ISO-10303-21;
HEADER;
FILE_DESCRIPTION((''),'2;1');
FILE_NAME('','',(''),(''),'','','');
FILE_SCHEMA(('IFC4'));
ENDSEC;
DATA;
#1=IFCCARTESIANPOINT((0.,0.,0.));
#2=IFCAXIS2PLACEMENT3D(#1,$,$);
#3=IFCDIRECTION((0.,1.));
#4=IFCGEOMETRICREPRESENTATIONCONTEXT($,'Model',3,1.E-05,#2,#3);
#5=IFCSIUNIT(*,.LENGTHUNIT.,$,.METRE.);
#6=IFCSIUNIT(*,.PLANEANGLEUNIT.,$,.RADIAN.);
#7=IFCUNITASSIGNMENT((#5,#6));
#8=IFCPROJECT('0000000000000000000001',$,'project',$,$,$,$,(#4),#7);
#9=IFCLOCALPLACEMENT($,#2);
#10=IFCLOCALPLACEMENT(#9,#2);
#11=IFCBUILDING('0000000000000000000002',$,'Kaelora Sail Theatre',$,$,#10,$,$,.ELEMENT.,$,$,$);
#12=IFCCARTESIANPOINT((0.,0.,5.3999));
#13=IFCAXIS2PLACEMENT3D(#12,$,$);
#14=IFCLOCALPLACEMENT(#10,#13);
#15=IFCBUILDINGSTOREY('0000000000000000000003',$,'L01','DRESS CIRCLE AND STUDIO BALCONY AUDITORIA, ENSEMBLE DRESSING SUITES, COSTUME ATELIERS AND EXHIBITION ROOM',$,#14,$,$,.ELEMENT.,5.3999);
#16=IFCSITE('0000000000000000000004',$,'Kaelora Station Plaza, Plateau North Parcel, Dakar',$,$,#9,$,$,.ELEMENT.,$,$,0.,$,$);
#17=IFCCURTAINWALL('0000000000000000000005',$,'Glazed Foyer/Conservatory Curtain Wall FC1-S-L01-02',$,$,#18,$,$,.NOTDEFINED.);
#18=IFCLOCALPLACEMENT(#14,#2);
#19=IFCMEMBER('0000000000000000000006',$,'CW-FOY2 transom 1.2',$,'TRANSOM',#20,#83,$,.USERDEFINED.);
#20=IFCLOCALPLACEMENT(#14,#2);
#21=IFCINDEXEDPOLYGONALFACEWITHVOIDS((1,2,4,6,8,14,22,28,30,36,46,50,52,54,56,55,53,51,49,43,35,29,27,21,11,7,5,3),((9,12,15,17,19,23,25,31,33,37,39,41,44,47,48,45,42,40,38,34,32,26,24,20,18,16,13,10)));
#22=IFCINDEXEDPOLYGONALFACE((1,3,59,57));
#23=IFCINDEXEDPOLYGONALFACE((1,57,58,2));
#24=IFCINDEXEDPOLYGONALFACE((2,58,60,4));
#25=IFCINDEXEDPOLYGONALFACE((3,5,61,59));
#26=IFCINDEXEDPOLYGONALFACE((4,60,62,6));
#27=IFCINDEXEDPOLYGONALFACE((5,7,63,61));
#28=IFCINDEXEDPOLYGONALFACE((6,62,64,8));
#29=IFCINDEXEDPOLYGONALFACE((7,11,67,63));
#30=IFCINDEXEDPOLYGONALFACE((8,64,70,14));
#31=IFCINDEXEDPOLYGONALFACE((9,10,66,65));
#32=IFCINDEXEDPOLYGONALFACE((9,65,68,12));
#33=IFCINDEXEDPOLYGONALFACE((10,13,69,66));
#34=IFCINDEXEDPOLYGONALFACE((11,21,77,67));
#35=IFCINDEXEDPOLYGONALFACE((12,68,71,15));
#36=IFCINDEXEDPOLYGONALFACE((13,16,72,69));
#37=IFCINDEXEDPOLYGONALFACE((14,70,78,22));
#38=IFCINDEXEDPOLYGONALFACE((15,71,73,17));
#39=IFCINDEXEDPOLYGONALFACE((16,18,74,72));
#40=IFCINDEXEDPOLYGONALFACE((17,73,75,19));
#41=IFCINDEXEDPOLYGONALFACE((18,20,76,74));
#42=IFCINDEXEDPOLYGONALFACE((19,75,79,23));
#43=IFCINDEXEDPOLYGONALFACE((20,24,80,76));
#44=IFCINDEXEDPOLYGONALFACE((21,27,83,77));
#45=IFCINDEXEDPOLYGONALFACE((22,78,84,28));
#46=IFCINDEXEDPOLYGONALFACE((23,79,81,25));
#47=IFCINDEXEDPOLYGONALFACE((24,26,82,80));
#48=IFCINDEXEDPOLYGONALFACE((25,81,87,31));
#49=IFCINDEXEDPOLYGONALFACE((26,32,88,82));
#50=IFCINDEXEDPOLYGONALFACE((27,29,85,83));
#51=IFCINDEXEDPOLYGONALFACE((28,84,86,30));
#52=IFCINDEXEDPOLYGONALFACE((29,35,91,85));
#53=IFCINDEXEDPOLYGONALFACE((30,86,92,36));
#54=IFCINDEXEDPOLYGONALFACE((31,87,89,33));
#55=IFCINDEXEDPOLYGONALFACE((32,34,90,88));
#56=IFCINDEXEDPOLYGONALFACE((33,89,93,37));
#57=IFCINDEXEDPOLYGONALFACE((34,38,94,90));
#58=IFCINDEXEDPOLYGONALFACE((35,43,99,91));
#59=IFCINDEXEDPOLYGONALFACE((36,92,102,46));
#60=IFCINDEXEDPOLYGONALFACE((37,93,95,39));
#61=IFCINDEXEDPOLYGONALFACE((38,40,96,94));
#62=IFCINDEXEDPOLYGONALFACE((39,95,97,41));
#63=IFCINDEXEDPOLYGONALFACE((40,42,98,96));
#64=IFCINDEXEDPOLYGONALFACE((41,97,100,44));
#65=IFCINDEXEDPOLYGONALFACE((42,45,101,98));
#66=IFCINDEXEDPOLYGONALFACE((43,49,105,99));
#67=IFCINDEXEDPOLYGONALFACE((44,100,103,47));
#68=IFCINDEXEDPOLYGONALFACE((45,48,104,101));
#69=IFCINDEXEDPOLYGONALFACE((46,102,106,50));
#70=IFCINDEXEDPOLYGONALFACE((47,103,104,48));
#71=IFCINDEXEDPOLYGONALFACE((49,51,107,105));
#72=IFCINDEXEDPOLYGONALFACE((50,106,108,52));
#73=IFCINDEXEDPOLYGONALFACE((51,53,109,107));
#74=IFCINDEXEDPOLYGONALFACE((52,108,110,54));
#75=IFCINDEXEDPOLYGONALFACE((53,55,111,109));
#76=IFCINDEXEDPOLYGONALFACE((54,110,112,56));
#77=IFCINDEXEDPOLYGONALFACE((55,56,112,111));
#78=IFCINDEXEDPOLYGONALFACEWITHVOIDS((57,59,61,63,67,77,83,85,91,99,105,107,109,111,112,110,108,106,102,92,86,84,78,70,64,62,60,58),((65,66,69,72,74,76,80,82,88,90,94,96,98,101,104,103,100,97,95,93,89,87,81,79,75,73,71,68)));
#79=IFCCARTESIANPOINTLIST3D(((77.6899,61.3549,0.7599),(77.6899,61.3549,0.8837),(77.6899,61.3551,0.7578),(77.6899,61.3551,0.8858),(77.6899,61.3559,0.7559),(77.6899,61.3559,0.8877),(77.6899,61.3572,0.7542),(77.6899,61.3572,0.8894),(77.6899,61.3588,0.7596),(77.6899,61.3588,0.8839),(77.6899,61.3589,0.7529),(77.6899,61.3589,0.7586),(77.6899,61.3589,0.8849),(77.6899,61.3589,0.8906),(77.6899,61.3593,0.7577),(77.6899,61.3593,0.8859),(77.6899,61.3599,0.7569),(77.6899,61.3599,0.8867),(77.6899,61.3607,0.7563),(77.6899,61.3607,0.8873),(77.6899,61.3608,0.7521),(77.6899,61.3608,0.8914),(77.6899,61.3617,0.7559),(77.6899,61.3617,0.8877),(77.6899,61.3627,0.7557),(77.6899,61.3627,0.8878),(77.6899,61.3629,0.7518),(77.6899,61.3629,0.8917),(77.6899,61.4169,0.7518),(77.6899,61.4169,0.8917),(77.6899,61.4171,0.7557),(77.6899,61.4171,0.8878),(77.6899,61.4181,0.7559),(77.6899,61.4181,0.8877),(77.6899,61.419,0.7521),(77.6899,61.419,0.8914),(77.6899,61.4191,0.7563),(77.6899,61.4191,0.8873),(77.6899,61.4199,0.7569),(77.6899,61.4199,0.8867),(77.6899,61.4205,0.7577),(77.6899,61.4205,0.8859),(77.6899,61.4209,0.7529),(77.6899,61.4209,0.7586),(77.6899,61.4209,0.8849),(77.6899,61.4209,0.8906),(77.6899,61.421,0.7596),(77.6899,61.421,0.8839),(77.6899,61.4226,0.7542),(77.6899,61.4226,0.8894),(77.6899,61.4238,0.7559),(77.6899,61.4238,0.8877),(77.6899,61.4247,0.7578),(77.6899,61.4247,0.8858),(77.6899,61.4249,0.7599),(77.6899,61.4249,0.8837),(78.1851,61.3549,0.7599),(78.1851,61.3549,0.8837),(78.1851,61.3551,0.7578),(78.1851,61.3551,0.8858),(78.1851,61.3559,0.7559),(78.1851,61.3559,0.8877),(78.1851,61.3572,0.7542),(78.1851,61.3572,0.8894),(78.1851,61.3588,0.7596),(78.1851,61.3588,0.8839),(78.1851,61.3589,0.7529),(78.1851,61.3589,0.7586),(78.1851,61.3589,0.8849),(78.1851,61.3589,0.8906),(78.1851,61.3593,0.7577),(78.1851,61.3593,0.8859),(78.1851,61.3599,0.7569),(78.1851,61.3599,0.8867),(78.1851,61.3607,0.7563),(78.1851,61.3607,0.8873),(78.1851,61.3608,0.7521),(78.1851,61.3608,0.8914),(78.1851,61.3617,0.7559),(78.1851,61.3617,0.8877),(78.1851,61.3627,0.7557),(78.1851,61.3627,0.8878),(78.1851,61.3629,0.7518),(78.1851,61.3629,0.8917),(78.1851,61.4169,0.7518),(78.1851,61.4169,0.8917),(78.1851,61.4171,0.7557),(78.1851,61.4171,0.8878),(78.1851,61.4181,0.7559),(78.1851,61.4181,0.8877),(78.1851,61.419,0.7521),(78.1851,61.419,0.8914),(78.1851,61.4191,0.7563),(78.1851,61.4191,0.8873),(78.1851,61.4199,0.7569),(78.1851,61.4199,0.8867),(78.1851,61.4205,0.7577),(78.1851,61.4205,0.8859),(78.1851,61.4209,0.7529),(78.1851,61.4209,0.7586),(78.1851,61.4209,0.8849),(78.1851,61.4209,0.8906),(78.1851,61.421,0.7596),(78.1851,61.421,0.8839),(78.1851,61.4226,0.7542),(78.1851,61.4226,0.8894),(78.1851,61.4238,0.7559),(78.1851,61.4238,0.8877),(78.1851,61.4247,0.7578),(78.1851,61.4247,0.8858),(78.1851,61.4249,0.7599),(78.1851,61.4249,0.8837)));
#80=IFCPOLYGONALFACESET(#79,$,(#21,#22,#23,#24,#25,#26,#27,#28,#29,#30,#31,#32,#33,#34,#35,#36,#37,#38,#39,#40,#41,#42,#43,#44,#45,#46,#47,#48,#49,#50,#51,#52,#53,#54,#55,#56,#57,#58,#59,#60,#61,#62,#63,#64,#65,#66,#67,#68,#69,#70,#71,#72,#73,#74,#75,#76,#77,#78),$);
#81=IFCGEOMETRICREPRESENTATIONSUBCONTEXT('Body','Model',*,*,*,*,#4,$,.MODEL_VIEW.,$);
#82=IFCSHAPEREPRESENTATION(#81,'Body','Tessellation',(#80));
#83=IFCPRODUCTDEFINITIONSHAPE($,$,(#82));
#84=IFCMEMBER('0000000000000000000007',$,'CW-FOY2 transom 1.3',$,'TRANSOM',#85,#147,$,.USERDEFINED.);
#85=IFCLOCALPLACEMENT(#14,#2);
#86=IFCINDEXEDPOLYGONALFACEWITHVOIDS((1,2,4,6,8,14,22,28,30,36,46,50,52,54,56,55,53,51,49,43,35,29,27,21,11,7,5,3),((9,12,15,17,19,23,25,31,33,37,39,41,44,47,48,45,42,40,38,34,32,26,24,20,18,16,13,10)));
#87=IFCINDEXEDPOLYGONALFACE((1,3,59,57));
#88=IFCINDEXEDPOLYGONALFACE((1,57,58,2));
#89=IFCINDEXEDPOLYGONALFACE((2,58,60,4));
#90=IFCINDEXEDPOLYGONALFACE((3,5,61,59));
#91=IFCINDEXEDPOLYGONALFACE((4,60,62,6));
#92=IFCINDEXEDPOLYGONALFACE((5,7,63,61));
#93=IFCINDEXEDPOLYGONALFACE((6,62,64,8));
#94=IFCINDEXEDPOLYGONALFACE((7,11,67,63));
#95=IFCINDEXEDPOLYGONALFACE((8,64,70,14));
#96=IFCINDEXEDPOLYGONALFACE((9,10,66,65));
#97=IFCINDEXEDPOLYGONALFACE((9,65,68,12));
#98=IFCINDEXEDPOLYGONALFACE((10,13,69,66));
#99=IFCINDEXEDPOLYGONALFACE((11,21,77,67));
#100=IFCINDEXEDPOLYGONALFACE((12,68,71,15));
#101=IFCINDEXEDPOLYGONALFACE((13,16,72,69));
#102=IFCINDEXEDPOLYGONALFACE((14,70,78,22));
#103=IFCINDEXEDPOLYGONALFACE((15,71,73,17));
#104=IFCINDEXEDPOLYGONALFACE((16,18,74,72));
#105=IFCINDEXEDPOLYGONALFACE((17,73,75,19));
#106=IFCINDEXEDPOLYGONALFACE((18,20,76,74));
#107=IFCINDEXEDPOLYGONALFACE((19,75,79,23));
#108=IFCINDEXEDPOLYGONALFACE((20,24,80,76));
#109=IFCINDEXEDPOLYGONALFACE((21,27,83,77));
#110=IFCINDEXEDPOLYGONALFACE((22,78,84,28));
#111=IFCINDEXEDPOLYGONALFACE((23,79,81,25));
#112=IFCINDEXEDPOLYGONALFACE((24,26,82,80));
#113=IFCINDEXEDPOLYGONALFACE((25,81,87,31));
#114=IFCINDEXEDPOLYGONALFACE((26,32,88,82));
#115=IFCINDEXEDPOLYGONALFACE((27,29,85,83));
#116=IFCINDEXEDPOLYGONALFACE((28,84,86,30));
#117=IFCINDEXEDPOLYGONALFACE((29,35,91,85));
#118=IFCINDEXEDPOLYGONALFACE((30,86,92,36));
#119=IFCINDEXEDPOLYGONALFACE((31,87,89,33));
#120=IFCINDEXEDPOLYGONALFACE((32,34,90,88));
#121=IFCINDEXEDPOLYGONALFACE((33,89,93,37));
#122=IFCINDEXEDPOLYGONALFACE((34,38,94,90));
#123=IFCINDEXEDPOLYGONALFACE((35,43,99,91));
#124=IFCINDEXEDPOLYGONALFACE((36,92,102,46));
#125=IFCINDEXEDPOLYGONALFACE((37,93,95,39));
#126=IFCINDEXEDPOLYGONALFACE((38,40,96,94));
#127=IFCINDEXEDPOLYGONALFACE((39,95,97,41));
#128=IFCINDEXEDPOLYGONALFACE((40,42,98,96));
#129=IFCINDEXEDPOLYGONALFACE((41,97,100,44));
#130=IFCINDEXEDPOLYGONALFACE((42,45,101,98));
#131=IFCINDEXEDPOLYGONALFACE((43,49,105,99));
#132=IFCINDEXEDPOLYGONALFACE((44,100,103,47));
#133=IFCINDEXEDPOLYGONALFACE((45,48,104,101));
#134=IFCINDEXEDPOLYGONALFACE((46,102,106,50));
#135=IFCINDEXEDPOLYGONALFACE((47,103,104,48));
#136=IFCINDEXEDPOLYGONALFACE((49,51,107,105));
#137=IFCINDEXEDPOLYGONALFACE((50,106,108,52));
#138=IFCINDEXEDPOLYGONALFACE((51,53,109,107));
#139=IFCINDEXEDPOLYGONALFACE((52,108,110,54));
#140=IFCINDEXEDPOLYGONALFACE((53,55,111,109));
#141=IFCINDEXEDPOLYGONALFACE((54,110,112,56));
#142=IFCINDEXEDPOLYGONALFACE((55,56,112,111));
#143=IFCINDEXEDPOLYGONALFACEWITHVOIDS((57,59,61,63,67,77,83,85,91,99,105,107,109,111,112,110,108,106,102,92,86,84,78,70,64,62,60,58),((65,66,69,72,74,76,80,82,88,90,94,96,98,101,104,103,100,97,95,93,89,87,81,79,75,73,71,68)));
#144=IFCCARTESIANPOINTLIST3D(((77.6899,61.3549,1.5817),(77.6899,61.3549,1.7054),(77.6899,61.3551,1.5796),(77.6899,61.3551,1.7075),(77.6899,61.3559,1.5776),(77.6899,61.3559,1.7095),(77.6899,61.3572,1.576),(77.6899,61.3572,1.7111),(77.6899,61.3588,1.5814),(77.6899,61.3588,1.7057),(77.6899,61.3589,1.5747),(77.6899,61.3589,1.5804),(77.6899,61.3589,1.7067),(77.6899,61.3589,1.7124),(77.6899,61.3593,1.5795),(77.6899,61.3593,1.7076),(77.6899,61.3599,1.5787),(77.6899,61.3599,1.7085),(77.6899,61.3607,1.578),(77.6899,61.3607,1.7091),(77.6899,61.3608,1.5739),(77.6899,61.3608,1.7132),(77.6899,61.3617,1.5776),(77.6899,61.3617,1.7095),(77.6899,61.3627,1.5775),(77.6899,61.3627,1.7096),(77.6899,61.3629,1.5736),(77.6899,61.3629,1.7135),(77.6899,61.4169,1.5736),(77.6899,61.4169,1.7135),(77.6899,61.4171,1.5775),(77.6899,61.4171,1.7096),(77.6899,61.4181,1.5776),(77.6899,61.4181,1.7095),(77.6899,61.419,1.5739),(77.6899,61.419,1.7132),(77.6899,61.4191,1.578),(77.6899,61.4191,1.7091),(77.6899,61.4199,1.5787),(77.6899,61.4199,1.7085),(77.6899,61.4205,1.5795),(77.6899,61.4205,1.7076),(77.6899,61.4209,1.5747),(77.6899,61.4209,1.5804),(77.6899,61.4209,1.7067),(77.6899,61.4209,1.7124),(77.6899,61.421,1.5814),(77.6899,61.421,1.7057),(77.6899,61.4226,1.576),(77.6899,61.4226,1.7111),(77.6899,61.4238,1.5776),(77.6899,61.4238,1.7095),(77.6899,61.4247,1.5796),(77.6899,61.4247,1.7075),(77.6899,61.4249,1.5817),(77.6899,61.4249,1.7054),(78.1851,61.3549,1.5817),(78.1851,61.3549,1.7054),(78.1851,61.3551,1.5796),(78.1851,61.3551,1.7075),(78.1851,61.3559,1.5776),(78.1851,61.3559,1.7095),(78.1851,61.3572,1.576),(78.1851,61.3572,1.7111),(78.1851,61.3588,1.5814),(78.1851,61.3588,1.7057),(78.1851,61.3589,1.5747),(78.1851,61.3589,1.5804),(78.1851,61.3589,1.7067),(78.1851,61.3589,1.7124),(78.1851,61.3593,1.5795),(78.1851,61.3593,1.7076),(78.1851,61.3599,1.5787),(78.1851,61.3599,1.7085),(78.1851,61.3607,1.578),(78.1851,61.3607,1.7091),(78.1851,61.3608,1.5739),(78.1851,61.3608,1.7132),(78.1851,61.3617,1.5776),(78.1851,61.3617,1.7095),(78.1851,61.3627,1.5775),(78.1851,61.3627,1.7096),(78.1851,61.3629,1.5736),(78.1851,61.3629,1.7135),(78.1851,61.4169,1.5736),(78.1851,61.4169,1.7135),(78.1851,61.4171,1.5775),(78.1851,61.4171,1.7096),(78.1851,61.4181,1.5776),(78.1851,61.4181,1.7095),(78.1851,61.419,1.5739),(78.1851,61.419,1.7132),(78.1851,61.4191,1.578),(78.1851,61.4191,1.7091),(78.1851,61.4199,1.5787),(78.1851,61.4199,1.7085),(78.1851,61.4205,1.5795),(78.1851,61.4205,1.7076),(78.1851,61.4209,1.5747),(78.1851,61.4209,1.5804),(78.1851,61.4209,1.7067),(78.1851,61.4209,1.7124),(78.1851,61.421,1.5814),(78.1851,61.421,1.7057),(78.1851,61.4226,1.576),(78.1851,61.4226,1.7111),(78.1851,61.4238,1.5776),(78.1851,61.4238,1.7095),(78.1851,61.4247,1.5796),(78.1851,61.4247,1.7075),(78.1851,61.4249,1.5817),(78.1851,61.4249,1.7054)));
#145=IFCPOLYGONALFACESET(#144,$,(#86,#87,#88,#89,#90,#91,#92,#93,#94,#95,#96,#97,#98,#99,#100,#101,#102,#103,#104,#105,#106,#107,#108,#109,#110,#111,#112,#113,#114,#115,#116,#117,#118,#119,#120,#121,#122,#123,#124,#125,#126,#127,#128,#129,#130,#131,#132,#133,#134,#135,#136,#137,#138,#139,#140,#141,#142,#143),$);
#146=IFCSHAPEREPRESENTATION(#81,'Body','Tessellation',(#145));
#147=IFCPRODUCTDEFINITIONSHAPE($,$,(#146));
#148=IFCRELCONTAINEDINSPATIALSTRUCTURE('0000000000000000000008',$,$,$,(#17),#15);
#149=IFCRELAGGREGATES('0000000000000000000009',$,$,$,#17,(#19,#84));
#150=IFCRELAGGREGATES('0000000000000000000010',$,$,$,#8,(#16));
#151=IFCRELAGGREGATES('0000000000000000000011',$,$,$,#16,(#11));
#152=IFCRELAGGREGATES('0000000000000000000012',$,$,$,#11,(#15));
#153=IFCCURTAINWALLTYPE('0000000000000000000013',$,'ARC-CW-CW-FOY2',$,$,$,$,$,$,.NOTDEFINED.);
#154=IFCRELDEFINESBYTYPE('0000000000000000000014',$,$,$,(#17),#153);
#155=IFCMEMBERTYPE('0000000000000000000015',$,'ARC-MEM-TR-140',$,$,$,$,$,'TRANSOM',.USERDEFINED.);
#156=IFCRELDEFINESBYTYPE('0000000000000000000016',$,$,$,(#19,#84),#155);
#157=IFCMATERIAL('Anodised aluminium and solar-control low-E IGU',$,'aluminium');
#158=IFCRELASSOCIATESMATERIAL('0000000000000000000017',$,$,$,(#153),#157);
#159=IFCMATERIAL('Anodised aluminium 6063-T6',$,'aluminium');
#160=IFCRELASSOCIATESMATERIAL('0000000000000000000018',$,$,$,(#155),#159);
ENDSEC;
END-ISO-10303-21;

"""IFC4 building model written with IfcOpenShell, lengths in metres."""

from ifc_helpers import new_model, si_unit, direction, frame, origin, origin_2d, place, context, subcontext, project, spatial, hollow_rectangle, extrude, material, material_profile, profile_set, type_object, element, aggregate, save


model = new_model("IFC4")

# Units and contexts
model_context = context("Model", 3, precision=1e-05, world=origin(), true_north=direction((0.0, 1.0)))
body_context = subcontext(model_context, "Body", "Model", "MODEL_VIEW")
ifc_project = project(units=[si_unit("LENGTHUNIT", "METRE"), si_unit("PLANEANGLEUNIT", "RADIAN")], contexts=[model_context])

# Site, building, storey
site_placement = place(None, origin())
site = spatial("IfcSite", under=ifc_project, at=site_placement, Name="Kaelora Station Plaza, Plateau North Parcel, Dakar", CompositionType="ELEMENT", RefElevation=0.0)
building_placement = place(site_placement, origin())
building = spatial("IfcBuilding", under=site, at=building_placement, Name="Kaelora Sail Theatre", CompositionType="ELEMENT")
storey_placement = place(building_placement, frame((0.0, 0.0, 5.3999)))
storey = spatial("IfcBuildingStorey", under=building, at=storey_placement, Name="L01", Description="DRESS CIRCLE AND STUDIO BALCONY AUDITORIA, ENSEMBLE DRESSING SUITES, COSTUME ATELIERS AND EXHIBITION ROOM", CompositionType="ELEMENT", Elevation=5.3999)

# Shared definitions
ifc_material_1 = material(Name="Anodised aluminium and solar-control low-E IGU", Category="aluminium")
curtain_wall_type = type_object("IfcCurtainWallType", Name="ARC-CW-CW-FOY2", PredefinedType="NOTDEFINED", material=ifc_material_1)

# Curtain wall
curtain_wall_1_placement = place(storey_placement, origin())
curtain_wall_1 = element("IfcCurtainWall", 1, at=curtain_wall_1_placement, inside=storey, type_object=curtain_wall_type, Name="Glazed Foyer/Conservatory Curtain Wall FC1-S-L01-02", PredefinedType="NOTDEFINED")

# Members
ifc_material_2 = material(Name="Anodised aluminium 6063-T6", Category="aluminium")
ifc_material_profile_1 = material_profile(ifc_material_2, hollow_rectangle(XDim=0.0701, YDim=0.1399, WallThickness=0.0039, InnerFilletRadius=0.0039, OuterFilletRadius=0.0081, at=origin_2d()), Name="ALU-TRAN 70x140x4")
ifc_profile_set_1 = profile_set([ifc_material_profile_1], Name="Anodised aluminium 6063-T6")
member_type_1 = type_object("IfcMemberType", Name="ARC-MEM-TR-140", ElementType="TRANSOM", PredefinedType="USERDEFINED", material=ifc_profile_set_1)
member_1_placement = place(storey_placement, frame((77.6899, 61.3899, 0.8218), z_axis=(1.0, 0.0, 0.0), x_axis=(0.0, 1.0, 0.0)))
member_1 = element("IfcMember", 2, at=member_1_placement, type_object=member_type_1, Name="CW-FOY2 transom 1.2", ObjectType="TRANSOM", PredefinedType="USERDEFINED", context=body_context, shape_type="SweptSolid", body=[
    extrude(hollow_rectangle(XDim=0.0701, YDim=0.1399, WallThickness=0.0039, InnerFilletRadius=0.0039, OuterFilletRadius=0.0081, at=origin_2d()), origin(), (0.0, 0.0, 1.0), 0.4951),
])
member_2_placement = place(storey_placement, frame((77.6899, 61.3899, 1.6436), z_axis=(1.0, 0.0, 0.0), x_axis=(0.0, 1.0, 0.0)))
member_2 = element("IfcMember", 3, at=member_2_placement, type_object=member_type_1, Name="CW-FOY2 transom 1.3", ObjectType="TRANSOM", PredefinedType="USERDEFINED", context=body_context, shape_type="SweptSolid", body=[
    extrude(hollow_rectangle(XDim=0.0701, YDim=0.1399, WallThickness=0.0039, InnerFilletRadius=0.0039, OuterFilletRadius=0.0081, at=origin_2d()), origin(), (0.0, 0.0, 1.0), 0.4951),
])

aggregate(curtain_wall_1, [member_1, member_2])

save(model, "model.ifc")
